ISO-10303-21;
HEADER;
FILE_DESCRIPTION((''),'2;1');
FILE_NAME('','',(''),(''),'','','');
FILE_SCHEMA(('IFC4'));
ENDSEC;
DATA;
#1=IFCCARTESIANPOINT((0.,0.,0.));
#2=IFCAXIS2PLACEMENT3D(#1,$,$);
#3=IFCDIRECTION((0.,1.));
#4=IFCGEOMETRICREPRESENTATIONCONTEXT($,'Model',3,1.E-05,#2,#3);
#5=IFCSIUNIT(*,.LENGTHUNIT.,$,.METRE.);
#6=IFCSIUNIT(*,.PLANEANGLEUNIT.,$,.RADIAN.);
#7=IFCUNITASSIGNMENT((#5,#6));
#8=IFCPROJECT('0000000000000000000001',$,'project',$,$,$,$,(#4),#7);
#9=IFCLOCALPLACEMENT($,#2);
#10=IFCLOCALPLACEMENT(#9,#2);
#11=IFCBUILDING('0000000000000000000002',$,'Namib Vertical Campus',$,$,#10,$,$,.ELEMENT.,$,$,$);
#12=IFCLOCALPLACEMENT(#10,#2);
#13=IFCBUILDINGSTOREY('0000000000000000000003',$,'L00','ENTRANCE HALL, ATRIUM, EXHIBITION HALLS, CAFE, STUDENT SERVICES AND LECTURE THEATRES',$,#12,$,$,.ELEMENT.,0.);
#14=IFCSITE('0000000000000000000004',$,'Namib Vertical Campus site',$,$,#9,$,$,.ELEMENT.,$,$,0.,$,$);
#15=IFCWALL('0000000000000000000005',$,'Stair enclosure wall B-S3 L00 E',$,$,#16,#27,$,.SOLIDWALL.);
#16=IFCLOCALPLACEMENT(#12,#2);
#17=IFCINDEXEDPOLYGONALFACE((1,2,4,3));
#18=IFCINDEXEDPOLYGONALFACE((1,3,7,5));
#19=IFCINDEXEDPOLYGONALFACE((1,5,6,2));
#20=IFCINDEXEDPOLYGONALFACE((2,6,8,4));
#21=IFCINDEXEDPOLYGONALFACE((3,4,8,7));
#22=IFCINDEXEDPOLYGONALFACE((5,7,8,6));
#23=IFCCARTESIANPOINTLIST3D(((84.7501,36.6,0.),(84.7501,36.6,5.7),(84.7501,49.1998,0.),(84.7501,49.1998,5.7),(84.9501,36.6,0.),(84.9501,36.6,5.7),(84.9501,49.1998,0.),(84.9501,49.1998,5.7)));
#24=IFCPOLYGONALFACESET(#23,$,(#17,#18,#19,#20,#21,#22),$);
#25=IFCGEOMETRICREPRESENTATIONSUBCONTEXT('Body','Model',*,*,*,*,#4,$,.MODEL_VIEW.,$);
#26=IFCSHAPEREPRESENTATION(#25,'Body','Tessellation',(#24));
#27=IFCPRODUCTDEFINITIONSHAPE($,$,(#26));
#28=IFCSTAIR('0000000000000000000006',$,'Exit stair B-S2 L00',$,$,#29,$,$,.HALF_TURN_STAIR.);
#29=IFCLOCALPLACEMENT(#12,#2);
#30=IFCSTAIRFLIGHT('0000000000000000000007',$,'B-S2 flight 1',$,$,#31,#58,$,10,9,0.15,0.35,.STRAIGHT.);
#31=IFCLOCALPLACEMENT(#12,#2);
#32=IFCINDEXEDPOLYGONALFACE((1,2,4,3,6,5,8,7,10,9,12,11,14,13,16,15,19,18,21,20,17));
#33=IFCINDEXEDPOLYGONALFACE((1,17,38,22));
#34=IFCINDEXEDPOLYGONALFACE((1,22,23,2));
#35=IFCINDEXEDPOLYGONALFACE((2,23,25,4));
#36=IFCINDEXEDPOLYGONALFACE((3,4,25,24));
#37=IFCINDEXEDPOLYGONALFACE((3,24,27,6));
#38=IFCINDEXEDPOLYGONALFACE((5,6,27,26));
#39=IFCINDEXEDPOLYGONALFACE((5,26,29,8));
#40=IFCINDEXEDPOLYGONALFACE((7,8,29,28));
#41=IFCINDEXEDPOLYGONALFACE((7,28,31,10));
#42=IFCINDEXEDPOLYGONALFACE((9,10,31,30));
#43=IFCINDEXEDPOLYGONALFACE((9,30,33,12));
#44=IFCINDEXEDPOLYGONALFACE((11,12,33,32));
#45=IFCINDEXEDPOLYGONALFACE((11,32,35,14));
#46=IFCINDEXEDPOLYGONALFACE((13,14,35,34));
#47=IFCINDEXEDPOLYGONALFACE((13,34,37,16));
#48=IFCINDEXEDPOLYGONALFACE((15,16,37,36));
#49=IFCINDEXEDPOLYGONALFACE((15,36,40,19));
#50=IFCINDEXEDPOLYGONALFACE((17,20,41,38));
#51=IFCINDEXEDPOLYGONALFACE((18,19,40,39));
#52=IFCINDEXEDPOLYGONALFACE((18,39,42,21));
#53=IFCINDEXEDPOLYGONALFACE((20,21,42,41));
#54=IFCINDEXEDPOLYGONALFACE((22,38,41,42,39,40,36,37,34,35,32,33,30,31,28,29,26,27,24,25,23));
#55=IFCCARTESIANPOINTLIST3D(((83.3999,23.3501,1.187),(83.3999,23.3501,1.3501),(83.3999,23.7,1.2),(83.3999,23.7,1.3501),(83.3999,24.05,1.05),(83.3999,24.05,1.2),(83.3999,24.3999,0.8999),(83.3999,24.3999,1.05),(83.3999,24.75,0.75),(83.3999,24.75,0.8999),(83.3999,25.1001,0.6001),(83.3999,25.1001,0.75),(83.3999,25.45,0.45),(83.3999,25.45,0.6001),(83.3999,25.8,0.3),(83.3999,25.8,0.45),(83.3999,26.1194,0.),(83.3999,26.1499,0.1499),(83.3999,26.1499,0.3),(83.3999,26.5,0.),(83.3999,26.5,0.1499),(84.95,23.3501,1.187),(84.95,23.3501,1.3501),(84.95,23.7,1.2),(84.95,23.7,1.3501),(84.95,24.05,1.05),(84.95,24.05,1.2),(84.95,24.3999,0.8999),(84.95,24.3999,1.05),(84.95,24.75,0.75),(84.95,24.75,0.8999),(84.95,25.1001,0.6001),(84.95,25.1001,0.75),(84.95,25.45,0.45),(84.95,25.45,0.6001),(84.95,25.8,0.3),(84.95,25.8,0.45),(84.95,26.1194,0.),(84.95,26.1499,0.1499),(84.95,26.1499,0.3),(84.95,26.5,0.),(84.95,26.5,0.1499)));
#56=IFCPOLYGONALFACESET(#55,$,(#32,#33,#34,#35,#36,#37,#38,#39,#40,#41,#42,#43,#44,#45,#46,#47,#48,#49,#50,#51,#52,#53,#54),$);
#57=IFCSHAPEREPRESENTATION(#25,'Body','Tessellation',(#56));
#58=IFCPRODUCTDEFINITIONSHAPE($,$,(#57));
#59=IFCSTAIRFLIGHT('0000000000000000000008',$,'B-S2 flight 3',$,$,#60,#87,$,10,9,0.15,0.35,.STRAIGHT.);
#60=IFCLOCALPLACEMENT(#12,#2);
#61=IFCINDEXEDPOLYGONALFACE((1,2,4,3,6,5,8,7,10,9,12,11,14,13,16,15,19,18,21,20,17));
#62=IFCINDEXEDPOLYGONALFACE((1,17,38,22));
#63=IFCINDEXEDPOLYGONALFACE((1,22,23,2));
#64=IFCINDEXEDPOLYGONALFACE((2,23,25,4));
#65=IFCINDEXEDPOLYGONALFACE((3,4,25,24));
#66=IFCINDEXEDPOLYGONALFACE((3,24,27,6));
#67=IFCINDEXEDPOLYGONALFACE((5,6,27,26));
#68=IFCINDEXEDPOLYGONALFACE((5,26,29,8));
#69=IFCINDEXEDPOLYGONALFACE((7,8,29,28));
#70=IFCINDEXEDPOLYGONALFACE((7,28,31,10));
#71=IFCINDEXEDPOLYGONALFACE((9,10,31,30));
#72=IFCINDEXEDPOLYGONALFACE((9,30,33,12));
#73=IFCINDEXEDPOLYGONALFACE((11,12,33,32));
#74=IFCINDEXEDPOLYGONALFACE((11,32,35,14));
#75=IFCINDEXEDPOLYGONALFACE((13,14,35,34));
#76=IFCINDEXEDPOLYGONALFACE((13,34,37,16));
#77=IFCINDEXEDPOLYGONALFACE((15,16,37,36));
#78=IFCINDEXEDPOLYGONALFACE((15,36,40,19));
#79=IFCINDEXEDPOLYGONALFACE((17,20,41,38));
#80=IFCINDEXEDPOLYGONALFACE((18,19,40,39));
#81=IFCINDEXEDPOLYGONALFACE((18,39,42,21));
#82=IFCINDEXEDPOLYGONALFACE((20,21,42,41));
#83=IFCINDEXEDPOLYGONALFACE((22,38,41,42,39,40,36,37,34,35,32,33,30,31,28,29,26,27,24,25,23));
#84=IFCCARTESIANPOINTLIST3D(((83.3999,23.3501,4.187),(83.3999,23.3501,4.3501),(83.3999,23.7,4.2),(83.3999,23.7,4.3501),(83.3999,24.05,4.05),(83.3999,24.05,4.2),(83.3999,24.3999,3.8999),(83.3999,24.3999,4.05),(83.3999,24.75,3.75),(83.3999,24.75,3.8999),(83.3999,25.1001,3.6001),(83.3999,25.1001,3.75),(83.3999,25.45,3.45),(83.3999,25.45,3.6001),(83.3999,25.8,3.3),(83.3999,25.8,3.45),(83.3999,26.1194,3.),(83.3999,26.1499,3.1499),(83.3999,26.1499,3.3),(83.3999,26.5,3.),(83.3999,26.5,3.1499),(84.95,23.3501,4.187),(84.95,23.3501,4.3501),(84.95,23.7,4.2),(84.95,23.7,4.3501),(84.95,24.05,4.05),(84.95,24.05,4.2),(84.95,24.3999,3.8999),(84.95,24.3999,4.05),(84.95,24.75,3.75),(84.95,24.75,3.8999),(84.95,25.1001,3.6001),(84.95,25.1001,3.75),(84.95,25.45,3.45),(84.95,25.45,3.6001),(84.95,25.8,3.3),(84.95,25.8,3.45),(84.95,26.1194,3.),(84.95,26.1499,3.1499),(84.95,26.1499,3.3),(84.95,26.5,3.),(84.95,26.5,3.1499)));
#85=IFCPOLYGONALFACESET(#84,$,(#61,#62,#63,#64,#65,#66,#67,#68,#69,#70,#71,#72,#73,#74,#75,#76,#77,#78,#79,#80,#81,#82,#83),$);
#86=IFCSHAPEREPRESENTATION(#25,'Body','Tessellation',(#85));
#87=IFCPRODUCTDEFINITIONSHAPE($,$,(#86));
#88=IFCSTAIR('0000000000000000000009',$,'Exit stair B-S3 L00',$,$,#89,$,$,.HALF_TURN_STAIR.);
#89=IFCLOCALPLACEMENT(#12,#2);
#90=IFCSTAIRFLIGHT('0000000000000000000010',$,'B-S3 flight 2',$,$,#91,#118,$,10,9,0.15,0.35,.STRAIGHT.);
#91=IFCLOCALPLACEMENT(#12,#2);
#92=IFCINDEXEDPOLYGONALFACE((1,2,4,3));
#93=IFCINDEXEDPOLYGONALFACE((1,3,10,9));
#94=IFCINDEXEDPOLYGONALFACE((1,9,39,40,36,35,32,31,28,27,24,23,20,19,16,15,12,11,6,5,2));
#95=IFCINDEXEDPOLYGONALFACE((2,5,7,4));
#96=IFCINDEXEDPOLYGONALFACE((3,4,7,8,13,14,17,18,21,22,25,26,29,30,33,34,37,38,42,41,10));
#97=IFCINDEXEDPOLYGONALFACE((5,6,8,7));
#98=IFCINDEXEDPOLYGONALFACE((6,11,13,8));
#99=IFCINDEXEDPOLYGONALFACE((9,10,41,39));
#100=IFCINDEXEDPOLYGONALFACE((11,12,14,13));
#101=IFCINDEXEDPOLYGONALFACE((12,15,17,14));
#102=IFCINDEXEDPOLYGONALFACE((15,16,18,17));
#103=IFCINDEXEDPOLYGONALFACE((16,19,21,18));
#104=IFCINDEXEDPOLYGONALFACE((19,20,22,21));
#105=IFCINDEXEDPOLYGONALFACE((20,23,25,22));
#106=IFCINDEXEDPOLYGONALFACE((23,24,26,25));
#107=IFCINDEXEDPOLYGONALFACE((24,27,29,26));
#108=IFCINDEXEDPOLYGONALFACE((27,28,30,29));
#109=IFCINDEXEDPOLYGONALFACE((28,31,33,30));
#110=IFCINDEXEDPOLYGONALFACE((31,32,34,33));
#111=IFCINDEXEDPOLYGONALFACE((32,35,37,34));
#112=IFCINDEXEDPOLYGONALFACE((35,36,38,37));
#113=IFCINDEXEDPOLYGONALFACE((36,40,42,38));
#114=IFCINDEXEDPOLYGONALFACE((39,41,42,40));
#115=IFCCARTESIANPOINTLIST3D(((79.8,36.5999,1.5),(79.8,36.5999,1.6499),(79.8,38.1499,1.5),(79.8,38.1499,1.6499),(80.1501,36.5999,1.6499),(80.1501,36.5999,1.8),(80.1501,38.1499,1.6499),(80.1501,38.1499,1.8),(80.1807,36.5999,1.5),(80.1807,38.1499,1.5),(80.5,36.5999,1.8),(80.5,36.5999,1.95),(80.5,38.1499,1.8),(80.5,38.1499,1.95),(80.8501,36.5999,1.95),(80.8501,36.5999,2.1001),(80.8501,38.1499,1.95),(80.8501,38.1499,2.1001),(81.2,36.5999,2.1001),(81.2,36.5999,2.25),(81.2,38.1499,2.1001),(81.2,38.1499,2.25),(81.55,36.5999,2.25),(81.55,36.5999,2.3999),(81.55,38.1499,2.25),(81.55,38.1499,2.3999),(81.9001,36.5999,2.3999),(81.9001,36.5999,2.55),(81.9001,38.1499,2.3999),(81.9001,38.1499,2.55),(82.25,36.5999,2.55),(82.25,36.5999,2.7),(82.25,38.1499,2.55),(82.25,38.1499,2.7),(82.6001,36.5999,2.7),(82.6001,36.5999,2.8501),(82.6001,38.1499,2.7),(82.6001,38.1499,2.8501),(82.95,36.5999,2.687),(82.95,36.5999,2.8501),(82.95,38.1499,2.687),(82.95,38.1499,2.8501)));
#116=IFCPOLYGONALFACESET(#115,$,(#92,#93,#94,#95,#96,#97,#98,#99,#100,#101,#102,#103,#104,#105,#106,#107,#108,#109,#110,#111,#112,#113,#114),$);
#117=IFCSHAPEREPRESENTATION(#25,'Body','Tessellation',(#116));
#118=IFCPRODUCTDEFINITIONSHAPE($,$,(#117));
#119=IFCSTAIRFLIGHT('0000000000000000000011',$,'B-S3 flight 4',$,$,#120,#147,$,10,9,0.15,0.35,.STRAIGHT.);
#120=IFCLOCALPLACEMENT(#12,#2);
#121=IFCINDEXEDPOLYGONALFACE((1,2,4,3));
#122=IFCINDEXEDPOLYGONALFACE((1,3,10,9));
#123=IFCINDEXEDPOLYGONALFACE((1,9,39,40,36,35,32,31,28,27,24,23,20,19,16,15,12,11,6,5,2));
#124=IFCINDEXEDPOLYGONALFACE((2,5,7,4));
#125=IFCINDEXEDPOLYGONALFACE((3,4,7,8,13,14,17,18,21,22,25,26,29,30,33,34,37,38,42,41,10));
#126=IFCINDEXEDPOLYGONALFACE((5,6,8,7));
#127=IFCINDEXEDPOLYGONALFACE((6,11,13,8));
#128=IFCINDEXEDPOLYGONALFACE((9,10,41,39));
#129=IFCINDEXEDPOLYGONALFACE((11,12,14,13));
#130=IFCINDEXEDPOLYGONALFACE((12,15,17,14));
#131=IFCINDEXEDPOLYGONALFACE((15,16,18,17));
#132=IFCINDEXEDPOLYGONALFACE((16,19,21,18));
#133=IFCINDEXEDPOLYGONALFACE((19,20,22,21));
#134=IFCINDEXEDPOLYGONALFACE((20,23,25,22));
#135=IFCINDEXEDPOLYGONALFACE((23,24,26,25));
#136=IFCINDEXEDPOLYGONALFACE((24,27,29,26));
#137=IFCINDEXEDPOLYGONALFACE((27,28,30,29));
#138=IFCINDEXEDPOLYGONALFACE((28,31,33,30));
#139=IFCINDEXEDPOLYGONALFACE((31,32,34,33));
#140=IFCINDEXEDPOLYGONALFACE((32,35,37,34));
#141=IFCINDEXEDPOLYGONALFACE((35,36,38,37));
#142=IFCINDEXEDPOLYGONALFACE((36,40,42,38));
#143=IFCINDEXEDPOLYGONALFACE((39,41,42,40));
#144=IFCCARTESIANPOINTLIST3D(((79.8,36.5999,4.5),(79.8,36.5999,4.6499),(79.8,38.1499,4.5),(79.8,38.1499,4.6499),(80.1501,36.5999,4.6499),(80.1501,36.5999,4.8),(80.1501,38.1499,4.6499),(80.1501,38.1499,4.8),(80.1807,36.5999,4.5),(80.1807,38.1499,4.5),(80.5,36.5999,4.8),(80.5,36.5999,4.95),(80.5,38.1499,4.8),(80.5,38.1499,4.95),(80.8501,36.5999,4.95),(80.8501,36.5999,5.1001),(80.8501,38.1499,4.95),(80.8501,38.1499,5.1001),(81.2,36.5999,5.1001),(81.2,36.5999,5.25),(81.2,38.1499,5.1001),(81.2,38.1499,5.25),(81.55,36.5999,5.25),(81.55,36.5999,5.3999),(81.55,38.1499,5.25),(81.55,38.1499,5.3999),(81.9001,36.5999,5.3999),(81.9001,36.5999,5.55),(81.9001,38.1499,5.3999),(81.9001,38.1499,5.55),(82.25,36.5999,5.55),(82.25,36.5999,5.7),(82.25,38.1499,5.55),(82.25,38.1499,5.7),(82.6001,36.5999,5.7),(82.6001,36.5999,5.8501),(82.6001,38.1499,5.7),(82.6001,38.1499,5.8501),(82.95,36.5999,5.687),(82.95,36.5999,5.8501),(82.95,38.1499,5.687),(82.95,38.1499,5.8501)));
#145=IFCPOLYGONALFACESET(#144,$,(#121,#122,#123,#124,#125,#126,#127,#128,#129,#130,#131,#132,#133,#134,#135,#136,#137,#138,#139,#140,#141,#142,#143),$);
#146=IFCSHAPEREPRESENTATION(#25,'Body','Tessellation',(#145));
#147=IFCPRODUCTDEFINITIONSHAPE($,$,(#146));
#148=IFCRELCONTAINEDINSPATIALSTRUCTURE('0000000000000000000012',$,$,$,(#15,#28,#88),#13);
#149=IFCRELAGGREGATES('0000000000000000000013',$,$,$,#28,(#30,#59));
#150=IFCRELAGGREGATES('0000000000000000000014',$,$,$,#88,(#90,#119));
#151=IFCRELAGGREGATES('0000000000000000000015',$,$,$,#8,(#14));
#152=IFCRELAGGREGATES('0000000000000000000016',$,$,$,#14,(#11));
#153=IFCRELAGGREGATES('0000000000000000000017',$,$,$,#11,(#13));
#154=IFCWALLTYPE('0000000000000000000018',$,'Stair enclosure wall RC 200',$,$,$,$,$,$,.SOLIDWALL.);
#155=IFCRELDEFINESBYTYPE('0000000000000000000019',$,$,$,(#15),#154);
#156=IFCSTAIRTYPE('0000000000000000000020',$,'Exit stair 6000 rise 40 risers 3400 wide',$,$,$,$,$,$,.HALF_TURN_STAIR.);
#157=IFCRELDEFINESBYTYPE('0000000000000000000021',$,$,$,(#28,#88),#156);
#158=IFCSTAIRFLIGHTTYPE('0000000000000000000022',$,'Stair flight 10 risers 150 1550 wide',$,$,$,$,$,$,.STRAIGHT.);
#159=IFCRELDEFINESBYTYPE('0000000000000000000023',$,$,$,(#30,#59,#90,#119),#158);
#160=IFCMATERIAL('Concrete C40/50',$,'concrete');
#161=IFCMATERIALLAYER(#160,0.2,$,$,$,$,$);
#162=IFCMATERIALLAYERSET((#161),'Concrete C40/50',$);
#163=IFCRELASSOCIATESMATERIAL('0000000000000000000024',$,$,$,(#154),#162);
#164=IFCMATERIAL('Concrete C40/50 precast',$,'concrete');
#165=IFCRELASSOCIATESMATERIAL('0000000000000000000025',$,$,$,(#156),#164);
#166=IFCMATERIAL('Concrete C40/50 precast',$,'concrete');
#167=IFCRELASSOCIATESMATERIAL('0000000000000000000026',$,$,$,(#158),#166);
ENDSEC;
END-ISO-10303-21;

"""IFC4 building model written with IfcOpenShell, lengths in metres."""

from ifc_helpers import new_model, si_unit, direction, frame, frame_2d, origin, place, context, subcontext, project, spatial, polyline, rectangle, outline, extrude, material, layer, layer_set, type_object, element, aggregate, save


model = new_model("IFC4")

# Units and contexts
model_context = context("Model", 3, precision=1e-05, world=origin(), true_north=direction((0.0, 1.0)))
body_context = subcontext(model_context, "Body", "Model", "MODEL_VIEW")
ifc_project = project(units=[si_unit("LENGTHUNIT", "METRE"), si_unit("PLANEANGLEUNIT", "RADIAN")], contexts=[model_context])

# Site, building, storey
site_placement = place(None, origin())
site = spatial("IfcSite", under=ifc_project, at=site_placement, Name="Namib Vertical Campus site", CompositionType="ELEMENT", RefElevation=0.0)
building_placement = place(site_placement, origin())
building = spatial("IfcBuilding", under=site, at=building_placement, Name="Namib Vertical Campus", CompositionType="ELEMENT")
storey_placement = place(building_placement, origin())
storey = spatial("IfcBuildingStorey", under=building, at=storey_placement, Name="L00", Description="ENTRANCE HALL, ATRIUM, EXHIBITION HALLS, CAFE, STUDENT SERVICES AND LECTURE THEATRES", CompositionType="ELEMENT", Elevation=0.0)

# Wall
ifc_material_1 = material(Name="Concrete C40/50", Category="concrete")
ifc_layer_1 = layer(ifc_material_1, 0.2)
ifc_layer_set_1 = layer_set([ifc_layer_1], Name="Concrete C40/50")
wall_type_1 = type_object("IfcWallType", Name="Stair enclosure wall RC 200", PredefinedType="SOLIDWALL", material=ifc_layer_set_1)
wall_1_placement = place(storey_placement, frame((84.8501, 36.6001, 0.0), z_axis=(0.0, 0.0, 1.0), x_axis=(0.0, 1.0, 0.0)))
element("IfcWall", 1, at=wall_1_placement, inside=storey, type_object=wall_type_1, Name="Stair enclosure wall B-S3 L00 E", PredefinedType="SOLIDWALL", context=body_context, shape_type="SweptSolid", body=[
    extrude(rectangle(XDim=12.5999, YDim=0.2, at=frame_2d((6.2998, 0.0))), origin(), (0.0, 0.0, 1.0), 5.7),
])

# Stairs, stair flights
ifc_material_2 = material(Name="Concrete C40/50 precast", Category="concrete")
stair_type = type_object("IfcStairType", Name="Exit stair 6000 rise 40 risers 3400 wide", PredefinedType="HALF_TURN_STAIR", material=ifc_material_2)
stair_1_placement = place(storey_placement, origin())
stair_1 = element("IfcStair", 2, at=stair_1_placement, inside=storey, type_object=stair_type, Name="Exit stair B-S2 L00", PredefinedType="HALF_TURN_STAIR")
ifc_material_3 = material(Name="Concrete C40/50 precast", Category="concrete")
stair_flight_type = type_object("IfcStairFlightType", Name="Stair flight 10 risers 150 1550 wide", PredefinedType="STRAIGHT", material=ifc_material_3)
stair_flight_1_placement = place(storey_placement, frame((84.175, 26.5, 0.0), z_axis=(0.0, 0.0, 1.0), x_axis=(0.0, -1.0, 0.0)))
stair_flight_1 = element("IfcStairFlight", 3, at=stair_flight_1_placement, type_object=stair_flight_type, Name="B-S2 flight 1", NumberOfRisers=10, NumberOfTreads=9, PredefinedType="STRAIGHT", RiserHeight=0.15, TreadLength=0.35, context=body_context, shape_type="SweptSolid", body=[
    extrude(outline(polyline([(0.0, 0.0), (0.0, 0.1499), (0.3501, 0.1499), (0.3501, 0.3), (0.7, 0.3), (0.7, 0.45), (1.05, 0.45), (1.05, 0.6001), (1.3999, 0.6001), (1.3999, 0.75), (1.75, 0.75), (1.75, 0.8999), (2.1001, 0.8999), (2.1001, 1.05), (2.45, 1.05), (2.45, 1.2), (2.8, 1.2), (2.8, 1.3501), (3.1499, 1.3501), (3.1499, 1.5), (3.1499, 1.187), (0.3806, 0.0), (0.0, 0.0)])), frame((0.0, 0.7749, 0.0), z_axis=(0.0, -1.0, 0.0), x_axis=(1.0, 0.0, 0.0)), (0.0, 0.0, 1.0), 1.55),
])
stair_flight_2_placement = place(storey_placement, frame((84.175, 26.5, 3.0), z_axis=(0.0, 0.0, 1.0), x_axis=(0.0, -1.0, 0.0)))
stair_flight_2 = element("IfcStairFlight", 4, at=stair_flight_2_placement, type_object=stair_flight_type, Name="B-S2 flight 3", NumberOfRisers=10, NumberOfTreads=9, PredefinedType="STRAIGHT", RiserHeight=0.15, TreadLength=0.35, context=body_context, shape_type="SweptSolid", body=[
    extrude(outline(polyline([(0.0, 0.0), (0.0, 0.1499), (0.3501, 0.1499), (0.3501, 0.3), (0.7, 0.3), (0.7, 0.45), (1.05, 0.45), (1.05, 0.6001), (1.3999, 0.6001), (1.3999, 0.75), (1.75, 0.75), (1.75, 0.8999), (2.1001, 0.8999), (2.1001, 1.05), (2.45, 1.05), (2.45, 1.2), (2.8, 1.2), (2.8, 1.3501), (3.1499, 1.3501), (3.1499, 1.5), (3.1499, 1.187), (0.3806, 0.0), (0.0, 0.0)])), frame((0.0, 0.7749, 0.0), z_axis=(0.0, -1.0, 0.0), x_axis=(1.0, 0.0, 0.0)), (0.0, 0.0, 1.0), 1.55),
])
aggregate(stair_1, [stair_flight_1, stair_flight_2])
stair_2_placement = place(storey_placement, origin())
stair_2 = element("IfcStair", 5, at=stair_2_placement, inside=storey, type_object=stair_type, Name="Exit stair B-S3 L00", PredefinedType="HALF_TURN_STAIR")
stair_flight_3_placement = place(storey_placement, frame((79.8, 37.375, 1.5), z_axis=(0.0, 0.0, 1.0), x_axis=(1.0, 0.0, 0.0)))
stair_flight_3 = element("IfcStairFlight", 6, at=stair_flight_3_placement, type_object=stair_flight_type, Name="B-S3 flight 2", NumberOfRisers=10, NumberOfTreads=9, PredefinedType="STRAIGHT", RiserHeight=0.15, TreadLength=0.35, context=body_context, shape_type="SweptSolid", body=[
    extrude(outline(polyline([(0.0, 0.0), (0.0, 0.1499), (0.3501, 0.1499), (0.3501, 0.3), (0.7, 0.3), (0.7, 0.45), (1.05, 0.45), (1.05, 0.6001), (1.3999, 0.6001), (1.3999, 0.75), (1.75, 0.75), (1.75, 0.8999), (2.1001, 0.8999), (2.1001, 1.05), (2.45, 1.05), (2.45, 1.2), (2.8, 1.2), (2.8, 1.3501), (3.1499, 1.3501), (3.1499, 1.5), (3.1499, 1.187), (0.3806, 0.0), (0.0, 0.0)])), frame((0.0, 0.7749, 0.0), z_axis=(0.0, -1.0, 0.0), x_axis=(1.0, 0.0, 0.0)), (0.0, 0.0, 1.0), 1.55),
])
stair_flight_4_placement = place(storey_placement, frame((79.8, 37.375, 4.5), z_axis=(0.0, 0.0, 1.0), x_axis=(1.0, 0.0, 0.0)))
stair_flight_4 = element("IfcStairFlight", 7, at=stair_flight_4_placement, type_object=stair_flight_type, Name="B-S3 flight 4", NumberOfRisers=10, NumberOfTreads=9, PredefinedType="STRAIGHT", RiserHeight=0.15, TreadLength=0.35, context=body_context, shape_type="SweptSolid", body=[
    extrude(outline(polyline([(0.0, 0.0), (0.0, 0.1499), (0.3501, 0.1499), (0.3501, 0.3), (0.7, 0.3), (0.7, 0.45), (1.05, 0.45), (1.05, 0.6001), (1.3999, 0.6001), (1.3999, 0.75), (1.75, 0.75), (1.75, 0.8999), (2.1001, 0.8999), (2.1001, 1.05), (2.45, 1.05), (2.45, 1.2), (2.8, 1.2), (2.8, 1.3501), (3.1499, 1.3501), (3.1499, 1.5), (3.1499, 1.187), (0.3806, 0.0), (0.0, 0.0)])), frame((0.0, 0.7749, 0.0), z_axis=(0.0, -1.0, 0.0), x_axis=(1.0, 0.0, 0.0)), (0.0, 0.0, 1.0), 1.55),
])
aggregate(stair_2, [stair_flight_3, stair_flight_4])

save(model, "model.ifc")
